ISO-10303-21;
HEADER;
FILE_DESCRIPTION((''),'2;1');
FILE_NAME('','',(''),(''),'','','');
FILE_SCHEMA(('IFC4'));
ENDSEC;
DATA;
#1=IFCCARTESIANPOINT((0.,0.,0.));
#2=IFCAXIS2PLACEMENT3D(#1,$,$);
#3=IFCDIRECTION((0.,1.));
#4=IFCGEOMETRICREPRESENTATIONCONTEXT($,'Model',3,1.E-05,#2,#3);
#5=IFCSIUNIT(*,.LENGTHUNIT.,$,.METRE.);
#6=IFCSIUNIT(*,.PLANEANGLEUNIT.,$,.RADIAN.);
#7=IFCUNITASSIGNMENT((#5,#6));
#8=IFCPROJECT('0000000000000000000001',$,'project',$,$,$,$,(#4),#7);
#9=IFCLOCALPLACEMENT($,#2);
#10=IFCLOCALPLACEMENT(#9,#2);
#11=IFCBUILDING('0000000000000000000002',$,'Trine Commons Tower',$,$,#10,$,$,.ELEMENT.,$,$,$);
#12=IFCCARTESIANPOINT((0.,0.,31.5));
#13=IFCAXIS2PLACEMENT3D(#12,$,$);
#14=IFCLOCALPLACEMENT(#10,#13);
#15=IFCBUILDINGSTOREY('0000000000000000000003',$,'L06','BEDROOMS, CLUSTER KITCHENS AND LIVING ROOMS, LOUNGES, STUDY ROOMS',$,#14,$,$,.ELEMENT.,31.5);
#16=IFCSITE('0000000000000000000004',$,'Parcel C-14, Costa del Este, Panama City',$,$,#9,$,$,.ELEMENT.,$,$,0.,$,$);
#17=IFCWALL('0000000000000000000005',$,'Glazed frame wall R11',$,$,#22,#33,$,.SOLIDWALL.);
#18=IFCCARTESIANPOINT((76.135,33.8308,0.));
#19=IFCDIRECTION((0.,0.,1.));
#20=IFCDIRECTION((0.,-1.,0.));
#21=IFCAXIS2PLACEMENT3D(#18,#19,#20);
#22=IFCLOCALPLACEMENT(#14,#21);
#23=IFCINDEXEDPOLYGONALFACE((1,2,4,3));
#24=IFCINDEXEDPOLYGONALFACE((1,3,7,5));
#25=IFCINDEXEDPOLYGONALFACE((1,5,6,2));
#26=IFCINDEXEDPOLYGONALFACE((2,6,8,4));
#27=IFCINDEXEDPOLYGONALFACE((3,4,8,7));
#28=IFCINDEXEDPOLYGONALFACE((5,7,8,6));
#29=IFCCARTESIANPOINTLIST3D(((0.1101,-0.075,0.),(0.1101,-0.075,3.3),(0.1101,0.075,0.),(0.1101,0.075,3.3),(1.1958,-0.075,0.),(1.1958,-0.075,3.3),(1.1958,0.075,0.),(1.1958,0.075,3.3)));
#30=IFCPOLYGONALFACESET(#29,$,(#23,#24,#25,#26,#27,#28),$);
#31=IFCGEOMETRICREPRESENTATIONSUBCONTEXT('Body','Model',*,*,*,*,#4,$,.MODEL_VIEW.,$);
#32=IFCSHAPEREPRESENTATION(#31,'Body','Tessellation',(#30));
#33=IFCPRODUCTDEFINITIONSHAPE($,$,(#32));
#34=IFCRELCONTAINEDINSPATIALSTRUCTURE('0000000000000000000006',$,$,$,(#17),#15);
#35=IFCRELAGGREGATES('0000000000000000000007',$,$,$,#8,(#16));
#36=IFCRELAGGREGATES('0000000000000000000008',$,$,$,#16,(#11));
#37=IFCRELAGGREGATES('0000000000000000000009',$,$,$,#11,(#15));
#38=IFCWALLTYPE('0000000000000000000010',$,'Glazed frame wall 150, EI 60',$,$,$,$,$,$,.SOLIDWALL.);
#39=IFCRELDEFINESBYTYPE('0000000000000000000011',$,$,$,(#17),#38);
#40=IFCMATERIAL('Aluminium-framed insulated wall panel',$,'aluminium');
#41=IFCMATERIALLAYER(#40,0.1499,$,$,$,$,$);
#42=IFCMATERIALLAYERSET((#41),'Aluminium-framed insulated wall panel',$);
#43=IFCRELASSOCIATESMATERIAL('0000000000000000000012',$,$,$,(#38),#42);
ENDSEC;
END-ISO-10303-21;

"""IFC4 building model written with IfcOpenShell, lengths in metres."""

from ifc_helpers import new_model, si_unit, direction, frame, origin, place, context, subcontext, project, spatial, polyline, outline, extrude, material, layer, layer_set, type_object, element, save


model = new_model("IFC4")

# Units and contexts
model_context = context("Model", 3, precision=1e-05, world=origin(), true_north=direction((0.0, 1.0)))
body_context = subcontext(model_context, "Body", "Model", "MODEL_VIEW")
ifc_project = project(units=[si_unit("LENGTHUNIT", "METRE"), si_unit("PLANEANGLEUNIT", "RADIAN")], contexts=[model_context])

# Site, building, storey
site_placement = place(None, origin())
site = spatial("IfcSite", under=ifc_project, at=site_placement, Name="Parcel C-14, Costa del Este, Panama City", CompositionType="ELEMENT", RefElevation=0.0)
building_placement = place(site_placement, origin())
building = spatial("IfcBuilding", under=site, at=building_placement, Name="Trine Commons Tower", CompositionType="ELEMENT")
storey_placement = place(building_placement, frame((0.0, 0.0, 31.5)))
storey = spatial("IfcBuildingStorey", under=building, at=storey_placement, Name="L06", Description="BEDROOMS, CLUSTER KITCHENS AND LIVING ROOMS, LOUNGES, STUDY ROOMS", CompositionType="ELEMENT", Elevation=31.5)

# Wall
ifc_material_1 = material(Name="Aluminium-framed insulated wall panel", Category="aluminium")
ifc_layer_1 = layer(ifc_material_1, 0.1499)
ifc_layer_set_1 = layer_set([ifc_layer_1], Name="Aluminium-framed insulated wall panel")
wall_type_1 = type_object("IfcWallType", Name="Glazed frame wall 150, EI 60", PredefinedType="SOLIDWALL", material=ifc_layer_set_1)
wall_1_placement = place(storey_placement, frame((76.135, 33.8308, 0.0), z_axis=(0.0, 0.0, 1.0), x_axis=(0.0, -1.0, 0.0)))
element("IfcWall", 1, at=wall_1_placement, inside=storey, type_object=wall_type_1, Name="Glazed frame wall R11", PredefinedType="SOLIDWALL", context=body_context, shape_type="SweptSolid", body=[
    extrude(outline(polyline([(0.1101, 0.075), (0.1101, -0.075), (1.1958, -0.075), (1.1958, 0.075), (0.1101, 0.075)])), origin(), (0.0, 0.0, 1.0), 3.3),
])

save(model, "model.ifc")
